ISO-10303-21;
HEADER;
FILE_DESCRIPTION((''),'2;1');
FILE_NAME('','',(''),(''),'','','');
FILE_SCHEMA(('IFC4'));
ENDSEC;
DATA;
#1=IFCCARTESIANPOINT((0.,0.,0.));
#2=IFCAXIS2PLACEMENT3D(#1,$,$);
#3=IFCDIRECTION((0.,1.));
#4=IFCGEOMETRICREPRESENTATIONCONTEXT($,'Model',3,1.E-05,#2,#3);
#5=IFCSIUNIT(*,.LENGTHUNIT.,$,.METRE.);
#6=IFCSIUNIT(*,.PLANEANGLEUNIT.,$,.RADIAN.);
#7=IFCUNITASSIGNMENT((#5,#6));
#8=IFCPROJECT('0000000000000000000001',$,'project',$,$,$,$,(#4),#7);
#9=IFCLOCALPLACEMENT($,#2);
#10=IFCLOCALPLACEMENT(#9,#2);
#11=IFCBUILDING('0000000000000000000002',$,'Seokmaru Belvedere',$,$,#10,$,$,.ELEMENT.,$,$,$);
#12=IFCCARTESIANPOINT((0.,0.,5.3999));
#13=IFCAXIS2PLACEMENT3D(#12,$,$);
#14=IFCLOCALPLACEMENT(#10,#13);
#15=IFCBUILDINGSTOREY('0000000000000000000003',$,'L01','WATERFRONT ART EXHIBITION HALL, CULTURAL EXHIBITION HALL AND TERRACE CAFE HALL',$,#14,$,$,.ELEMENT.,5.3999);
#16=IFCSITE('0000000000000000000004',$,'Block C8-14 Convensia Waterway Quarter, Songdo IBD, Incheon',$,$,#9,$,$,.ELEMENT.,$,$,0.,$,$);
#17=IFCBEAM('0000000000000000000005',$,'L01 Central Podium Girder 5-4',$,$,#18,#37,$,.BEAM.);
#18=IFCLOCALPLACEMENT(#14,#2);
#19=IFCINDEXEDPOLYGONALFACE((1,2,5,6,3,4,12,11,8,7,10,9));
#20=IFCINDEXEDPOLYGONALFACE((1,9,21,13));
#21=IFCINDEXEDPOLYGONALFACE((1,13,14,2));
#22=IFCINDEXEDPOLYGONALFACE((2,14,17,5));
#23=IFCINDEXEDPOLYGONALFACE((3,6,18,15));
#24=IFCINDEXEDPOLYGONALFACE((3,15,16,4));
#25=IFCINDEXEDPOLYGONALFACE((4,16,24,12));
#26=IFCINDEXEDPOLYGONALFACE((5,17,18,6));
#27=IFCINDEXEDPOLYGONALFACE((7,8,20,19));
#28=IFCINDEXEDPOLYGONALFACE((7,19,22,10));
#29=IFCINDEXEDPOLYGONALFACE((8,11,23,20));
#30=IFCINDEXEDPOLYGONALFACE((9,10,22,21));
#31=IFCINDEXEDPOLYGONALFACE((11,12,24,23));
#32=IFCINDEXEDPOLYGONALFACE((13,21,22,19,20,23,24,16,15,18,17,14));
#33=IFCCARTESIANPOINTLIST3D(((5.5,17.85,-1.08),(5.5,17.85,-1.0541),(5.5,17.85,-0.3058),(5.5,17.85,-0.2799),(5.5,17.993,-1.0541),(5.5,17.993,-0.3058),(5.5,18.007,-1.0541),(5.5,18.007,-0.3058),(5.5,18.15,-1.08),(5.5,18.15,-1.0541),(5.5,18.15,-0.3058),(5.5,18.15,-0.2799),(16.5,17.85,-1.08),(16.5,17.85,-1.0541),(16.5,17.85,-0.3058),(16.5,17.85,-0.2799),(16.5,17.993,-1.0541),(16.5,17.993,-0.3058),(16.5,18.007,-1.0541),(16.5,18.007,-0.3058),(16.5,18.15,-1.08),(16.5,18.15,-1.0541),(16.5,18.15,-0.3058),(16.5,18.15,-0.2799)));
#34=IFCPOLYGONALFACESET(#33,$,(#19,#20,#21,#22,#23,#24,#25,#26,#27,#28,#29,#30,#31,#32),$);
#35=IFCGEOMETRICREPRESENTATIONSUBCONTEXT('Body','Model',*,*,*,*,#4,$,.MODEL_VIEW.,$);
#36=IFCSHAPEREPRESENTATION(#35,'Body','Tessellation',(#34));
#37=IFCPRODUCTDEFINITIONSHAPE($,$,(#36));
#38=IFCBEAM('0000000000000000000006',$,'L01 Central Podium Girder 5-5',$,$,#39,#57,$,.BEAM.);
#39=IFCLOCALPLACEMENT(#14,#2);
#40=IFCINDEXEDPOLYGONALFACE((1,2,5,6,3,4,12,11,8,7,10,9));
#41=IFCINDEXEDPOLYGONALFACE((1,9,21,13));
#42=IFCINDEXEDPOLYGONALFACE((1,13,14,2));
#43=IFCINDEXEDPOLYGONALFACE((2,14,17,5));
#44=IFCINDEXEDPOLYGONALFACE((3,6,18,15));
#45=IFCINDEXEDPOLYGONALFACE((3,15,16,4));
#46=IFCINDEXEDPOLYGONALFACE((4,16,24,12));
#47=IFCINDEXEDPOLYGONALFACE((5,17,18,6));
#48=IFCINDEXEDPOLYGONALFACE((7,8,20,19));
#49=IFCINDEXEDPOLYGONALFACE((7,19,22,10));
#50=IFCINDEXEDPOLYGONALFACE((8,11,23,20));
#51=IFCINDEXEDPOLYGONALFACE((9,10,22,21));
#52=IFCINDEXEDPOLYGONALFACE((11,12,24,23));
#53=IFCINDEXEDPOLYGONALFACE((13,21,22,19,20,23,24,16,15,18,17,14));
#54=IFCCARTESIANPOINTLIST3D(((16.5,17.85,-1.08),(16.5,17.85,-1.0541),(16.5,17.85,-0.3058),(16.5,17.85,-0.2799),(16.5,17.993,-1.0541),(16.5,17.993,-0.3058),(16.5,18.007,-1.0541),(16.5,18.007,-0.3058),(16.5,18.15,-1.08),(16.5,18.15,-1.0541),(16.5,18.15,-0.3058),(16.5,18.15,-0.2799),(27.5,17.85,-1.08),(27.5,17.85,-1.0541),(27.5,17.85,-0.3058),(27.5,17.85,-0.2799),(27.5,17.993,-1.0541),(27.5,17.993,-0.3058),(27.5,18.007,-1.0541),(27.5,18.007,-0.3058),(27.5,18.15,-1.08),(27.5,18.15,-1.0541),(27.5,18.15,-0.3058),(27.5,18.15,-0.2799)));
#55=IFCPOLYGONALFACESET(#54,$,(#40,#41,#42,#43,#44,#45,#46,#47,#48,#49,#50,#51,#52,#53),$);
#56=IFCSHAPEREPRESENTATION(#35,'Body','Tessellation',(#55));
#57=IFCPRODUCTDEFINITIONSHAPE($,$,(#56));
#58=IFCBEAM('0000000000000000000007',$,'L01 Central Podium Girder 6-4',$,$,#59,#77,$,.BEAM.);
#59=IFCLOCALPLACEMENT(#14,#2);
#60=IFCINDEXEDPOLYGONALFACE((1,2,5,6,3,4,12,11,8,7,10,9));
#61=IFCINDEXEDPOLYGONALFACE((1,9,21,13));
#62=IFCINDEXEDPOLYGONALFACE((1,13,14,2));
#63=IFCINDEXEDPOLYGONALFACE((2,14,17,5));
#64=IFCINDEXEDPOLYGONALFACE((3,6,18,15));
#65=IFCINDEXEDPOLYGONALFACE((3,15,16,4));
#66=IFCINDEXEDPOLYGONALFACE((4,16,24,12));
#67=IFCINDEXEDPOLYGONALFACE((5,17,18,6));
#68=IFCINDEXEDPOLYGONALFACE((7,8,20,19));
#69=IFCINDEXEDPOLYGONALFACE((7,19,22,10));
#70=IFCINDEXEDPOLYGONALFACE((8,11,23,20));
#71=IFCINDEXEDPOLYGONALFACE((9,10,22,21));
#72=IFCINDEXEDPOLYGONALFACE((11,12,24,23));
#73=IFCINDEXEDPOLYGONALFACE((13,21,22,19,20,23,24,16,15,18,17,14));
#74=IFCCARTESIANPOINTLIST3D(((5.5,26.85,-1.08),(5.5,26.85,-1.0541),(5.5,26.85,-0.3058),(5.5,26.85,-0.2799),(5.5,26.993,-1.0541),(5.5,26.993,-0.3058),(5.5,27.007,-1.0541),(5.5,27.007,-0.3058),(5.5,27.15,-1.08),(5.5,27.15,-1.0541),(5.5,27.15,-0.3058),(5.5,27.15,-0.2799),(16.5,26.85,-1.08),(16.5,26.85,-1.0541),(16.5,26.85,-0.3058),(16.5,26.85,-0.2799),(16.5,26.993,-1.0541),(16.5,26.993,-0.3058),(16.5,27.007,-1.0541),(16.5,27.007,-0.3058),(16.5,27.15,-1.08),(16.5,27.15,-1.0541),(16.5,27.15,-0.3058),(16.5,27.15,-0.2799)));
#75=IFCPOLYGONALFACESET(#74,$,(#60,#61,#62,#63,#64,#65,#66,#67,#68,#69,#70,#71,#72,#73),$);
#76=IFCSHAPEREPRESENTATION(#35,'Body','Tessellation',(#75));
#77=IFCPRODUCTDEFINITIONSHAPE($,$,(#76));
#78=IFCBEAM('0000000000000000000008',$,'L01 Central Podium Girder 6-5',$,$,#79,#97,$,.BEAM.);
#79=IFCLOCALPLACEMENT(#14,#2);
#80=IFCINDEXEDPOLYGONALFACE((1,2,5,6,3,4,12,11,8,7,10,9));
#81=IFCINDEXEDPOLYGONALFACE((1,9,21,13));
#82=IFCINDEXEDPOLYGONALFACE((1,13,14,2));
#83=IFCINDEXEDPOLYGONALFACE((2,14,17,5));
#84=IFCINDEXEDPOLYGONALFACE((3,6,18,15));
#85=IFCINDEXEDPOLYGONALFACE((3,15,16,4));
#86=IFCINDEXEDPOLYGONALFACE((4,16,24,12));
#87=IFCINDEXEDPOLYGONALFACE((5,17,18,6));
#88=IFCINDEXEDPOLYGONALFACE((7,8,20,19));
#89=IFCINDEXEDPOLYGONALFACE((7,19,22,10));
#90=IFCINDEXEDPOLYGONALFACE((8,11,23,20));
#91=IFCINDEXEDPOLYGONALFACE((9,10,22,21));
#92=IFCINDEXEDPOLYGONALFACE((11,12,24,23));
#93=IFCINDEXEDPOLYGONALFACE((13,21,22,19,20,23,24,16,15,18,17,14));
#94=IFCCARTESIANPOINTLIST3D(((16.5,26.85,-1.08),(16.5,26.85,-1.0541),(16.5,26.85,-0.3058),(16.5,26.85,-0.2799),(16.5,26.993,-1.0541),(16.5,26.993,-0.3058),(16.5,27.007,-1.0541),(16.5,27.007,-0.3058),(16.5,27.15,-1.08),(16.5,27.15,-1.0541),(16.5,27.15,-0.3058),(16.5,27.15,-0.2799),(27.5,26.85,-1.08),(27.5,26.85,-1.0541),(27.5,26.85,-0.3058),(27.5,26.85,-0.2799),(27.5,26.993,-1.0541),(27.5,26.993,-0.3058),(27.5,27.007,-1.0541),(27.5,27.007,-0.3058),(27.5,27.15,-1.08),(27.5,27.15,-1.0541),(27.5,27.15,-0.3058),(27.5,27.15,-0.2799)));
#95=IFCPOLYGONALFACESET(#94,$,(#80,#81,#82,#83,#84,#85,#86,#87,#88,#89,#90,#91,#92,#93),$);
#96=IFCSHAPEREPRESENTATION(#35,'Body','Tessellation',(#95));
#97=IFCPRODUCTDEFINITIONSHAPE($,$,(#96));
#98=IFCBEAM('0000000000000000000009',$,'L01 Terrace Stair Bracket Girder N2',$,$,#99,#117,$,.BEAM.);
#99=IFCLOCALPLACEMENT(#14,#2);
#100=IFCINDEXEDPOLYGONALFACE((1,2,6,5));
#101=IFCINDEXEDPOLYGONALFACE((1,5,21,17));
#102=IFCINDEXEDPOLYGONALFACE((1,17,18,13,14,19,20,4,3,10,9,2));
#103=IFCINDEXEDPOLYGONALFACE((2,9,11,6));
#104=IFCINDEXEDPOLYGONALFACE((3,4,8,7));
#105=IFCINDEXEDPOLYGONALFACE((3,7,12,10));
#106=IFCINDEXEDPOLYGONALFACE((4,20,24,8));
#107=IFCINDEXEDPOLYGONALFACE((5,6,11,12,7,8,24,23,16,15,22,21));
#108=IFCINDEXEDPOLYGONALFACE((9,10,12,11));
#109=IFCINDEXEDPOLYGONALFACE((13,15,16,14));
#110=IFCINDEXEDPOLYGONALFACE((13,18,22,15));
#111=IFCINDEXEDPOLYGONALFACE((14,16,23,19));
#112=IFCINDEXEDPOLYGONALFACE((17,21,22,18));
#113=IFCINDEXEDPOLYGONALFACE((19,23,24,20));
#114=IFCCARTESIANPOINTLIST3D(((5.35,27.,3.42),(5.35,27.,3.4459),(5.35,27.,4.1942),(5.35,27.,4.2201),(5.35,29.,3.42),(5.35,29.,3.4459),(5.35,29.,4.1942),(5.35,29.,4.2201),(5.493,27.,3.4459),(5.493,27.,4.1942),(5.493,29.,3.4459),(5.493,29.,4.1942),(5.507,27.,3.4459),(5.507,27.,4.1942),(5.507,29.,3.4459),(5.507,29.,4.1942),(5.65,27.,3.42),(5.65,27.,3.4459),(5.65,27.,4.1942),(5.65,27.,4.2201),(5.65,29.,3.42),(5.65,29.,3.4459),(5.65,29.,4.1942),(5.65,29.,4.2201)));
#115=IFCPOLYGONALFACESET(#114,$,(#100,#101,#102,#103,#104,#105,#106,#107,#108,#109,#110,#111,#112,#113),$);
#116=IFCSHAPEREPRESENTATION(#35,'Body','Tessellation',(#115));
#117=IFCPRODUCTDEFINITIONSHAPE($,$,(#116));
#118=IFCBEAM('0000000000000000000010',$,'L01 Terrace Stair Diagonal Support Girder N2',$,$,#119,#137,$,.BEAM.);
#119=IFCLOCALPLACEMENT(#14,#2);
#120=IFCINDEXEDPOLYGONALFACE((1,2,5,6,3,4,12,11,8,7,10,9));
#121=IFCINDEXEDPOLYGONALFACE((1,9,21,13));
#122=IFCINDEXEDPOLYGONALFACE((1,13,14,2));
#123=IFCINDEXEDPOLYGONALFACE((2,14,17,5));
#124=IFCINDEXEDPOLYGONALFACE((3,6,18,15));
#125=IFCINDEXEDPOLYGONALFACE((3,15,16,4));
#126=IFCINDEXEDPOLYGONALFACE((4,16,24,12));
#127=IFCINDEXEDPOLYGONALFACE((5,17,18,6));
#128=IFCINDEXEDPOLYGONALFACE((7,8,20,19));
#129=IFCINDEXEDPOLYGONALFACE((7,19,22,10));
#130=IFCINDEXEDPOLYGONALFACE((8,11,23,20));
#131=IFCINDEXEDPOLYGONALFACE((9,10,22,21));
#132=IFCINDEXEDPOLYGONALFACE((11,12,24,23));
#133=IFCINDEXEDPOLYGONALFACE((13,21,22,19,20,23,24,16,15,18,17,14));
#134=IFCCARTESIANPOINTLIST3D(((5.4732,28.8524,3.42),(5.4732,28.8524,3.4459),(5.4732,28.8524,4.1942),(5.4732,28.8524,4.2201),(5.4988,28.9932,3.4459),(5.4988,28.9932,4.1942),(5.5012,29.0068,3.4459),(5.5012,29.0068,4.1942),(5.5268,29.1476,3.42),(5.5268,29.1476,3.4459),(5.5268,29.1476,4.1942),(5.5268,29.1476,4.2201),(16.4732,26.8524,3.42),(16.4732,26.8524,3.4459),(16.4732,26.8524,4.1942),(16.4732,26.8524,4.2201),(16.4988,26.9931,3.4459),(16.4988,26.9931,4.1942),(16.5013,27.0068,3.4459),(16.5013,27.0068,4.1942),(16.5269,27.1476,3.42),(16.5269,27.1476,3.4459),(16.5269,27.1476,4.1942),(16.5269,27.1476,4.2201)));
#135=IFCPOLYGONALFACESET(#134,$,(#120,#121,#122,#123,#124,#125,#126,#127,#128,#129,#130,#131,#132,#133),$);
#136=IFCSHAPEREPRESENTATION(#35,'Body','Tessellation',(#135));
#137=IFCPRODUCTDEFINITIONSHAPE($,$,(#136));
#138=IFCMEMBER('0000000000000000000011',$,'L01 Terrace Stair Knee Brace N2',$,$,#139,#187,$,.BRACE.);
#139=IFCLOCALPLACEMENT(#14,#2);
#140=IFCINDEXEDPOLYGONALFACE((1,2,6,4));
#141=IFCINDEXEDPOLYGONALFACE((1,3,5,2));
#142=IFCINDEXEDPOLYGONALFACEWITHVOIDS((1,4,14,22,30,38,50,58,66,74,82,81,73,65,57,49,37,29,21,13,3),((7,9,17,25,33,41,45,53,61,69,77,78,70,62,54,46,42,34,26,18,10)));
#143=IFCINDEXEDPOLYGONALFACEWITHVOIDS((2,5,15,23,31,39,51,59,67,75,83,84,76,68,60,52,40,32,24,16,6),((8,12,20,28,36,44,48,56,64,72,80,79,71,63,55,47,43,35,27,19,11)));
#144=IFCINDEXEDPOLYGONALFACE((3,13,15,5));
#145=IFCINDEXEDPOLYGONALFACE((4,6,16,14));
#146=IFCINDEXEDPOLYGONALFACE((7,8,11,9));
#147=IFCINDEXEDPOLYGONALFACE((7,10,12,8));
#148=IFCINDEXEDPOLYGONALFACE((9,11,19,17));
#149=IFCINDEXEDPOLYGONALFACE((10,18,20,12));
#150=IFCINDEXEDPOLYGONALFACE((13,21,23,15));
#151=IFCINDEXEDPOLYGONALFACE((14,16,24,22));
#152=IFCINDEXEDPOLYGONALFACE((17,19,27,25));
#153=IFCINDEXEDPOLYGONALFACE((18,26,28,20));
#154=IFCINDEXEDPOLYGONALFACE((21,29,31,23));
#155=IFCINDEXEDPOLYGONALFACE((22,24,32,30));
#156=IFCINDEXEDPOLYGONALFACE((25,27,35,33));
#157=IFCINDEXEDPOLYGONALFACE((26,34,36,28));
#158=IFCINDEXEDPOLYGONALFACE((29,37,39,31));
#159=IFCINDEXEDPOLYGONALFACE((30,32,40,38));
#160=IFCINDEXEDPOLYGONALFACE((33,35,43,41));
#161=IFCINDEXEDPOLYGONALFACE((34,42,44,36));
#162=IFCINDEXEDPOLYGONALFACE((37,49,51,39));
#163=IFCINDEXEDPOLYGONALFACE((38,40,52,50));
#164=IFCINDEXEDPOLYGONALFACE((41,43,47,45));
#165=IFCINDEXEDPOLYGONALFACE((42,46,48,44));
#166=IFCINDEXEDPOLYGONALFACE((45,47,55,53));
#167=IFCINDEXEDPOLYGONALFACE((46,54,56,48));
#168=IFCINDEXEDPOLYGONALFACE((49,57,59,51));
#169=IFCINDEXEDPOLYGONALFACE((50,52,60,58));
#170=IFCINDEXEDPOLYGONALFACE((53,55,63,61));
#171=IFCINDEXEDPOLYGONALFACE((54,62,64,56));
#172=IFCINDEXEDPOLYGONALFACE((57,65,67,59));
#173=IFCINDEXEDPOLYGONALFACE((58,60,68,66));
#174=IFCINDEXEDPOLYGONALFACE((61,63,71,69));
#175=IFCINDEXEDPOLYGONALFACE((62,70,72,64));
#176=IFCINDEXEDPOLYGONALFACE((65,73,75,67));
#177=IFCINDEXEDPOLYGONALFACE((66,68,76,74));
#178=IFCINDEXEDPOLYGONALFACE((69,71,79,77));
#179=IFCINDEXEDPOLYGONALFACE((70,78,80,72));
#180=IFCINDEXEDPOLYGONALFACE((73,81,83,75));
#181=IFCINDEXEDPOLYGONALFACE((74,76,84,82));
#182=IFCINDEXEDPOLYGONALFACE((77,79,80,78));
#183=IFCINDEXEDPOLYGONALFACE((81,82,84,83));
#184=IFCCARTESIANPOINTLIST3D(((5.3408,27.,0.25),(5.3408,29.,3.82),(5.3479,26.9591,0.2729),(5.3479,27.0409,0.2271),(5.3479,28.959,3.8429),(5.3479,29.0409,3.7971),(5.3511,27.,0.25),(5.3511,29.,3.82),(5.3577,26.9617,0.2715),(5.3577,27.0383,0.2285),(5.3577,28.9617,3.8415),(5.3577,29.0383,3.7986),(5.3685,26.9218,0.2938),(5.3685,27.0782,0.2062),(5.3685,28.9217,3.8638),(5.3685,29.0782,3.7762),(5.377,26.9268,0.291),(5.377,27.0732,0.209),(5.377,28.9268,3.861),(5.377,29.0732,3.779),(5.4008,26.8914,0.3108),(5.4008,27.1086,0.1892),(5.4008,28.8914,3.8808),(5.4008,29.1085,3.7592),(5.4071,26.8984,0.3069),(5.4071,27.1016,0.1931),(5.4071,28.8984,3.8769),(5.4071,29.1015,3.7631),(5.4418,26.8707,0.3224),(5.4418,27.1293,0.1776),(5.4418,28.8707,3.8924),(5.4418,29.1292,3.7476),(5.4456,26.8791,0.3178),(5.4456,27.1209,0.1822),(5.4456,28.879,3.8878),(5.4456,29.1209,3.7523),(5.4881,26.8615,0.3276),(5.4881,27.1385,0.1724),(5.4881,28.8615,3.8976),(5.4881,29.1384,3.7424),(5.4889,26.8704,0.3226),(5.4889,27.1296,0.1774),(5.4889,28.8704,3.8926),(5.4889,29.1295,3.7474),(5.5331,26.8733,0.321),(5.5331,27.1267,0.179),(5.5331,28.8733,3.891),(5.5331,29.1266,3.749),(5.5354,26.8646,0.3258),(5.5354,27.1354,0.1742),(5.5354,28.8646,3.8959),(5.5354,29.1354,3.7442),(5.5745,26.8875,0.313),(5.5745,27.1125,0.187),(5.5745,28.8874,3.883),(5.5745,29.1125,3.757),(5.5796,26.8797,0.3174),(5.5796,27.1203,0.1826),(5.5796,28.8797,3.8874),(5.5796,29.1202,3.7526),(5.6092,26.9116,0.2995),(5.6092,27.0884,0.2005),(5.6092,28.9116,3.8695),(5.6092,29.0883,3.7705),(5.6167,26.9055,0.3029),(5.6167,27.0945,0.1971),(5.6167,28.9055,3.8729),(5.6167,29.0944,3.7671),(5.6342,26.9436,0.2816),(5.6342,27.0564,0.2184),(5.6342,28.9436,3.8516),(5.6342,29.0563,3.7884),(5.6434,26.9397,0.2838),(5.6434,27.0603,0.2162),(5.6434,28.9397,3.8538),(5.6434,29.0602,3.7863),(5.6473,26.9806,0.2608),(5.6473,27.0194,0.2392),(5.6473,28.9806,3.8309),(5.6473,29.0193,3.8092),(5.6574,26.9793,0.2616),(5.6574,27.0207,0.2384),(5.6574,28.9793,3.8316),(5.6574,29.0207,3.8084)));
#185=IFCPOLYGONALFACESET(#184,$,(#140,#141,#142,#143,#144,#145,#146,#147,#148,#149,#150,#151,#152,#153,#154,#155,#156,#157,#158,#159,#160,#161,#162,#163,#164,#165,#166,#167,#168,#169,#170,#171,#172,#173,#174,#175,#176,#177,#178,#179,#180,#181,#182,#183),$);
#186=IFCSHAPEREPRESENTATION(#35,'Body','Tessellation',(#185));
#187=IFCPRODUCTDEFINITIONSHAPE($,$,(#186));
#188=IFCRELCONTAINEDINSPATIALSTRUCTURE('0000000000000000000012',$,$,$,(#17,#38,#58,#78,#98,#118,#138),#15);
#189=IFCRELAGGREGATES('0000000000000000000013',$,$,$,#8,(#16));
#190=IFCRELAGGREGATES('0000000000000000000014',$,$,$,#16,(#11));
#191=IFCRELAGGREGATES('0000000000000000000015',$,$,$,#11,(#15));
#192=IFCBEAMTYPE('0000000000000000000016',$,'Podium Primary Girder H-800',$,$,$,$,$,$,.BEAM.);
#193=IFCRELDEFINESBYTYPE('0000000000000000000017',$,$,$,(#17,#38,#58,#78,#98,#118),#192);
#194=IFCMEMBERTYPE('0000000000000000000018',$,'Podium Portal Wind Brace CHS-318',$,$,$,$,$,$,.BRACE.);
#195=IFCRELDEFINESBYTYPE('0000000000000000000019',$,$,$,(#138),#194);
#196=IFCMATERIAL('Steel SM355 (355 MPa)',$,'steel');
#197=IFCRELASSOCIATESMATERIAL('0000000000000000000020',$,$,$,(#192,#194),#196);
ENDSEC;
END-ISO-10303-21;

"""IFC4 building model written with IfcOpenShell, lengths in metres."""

from ifc_helpers import new_model, si_unit, direction, frame, origin, origin_2d, place, context, subcontext, project, spatial, hollow_circle, i_section, extrude, source, transform, mapped, material, material_profile, profile_set, type_object, type_shapes, element, save


model = new_model("IFC4")

# Units and contexts
model_context = context("Model", 3, precision=1e-05, world=origin(), true_north=direction((0.0, 1.0)))
body_context = subcontext(model_context, "Body", "Model", "MODEL_VIEW")
ifc_project = project(units=[si_unit("LENGTHUNIT", "METRE"), si_unit("PLANEANGLEUNIT", "RADIAN")], contexts=[model_context])

# Site, building, storey
site_placement = place(None, origin())
site = spatial("IfcSite", under=ifc_project, at=site_placement, Name="Block C8-14 Convensia Waterway Quarter, Songdo IBD, Incheon", CompositionType="ELEMENT", RefElevation=0.0)
building_placement = place(site_placement, origin())
building = spatial("IfcBuilding", under=site, at=building_placement, Name="Seokmaru Belvedere", CompositionType="ELEMENT")
storey_placement = place(building_placement, frame((0.0, 0.0, 5.3999)))
storey = spatial("IfcBuildingStorey", under=building, at=storey_placement, Name="L01", Description="WATERFRONT ART EXHIBITION HALL, CULTURAL EXHIBITION HALL AND TERRACE CAFE HALL", CompositionType="ELEMENT", Elevation=5.3999)

# Shared definitions
ifc_material_1 = material(Name="Steel SM355 (355 MPa)", Category="steel")

# Beams
ifc_material_profile_1 = material_profile(ifc_material_1, i_section(OverallWidth=0.3, OverallDepth=0.8, WebThickness=0.0139, FlangeThickness=0.0259, at=origin_2d()), Name="H-800x300x14x26")
ifc_profile_set_1 = profile_set([ifc_material_profile_1], Name="Steel SM355 (355 MPa)")
beam_type_1 = type_object("IfcBeamType", Name="Podium Primary Girder H-800", PredefinedType="BEAM", material=ifc_profile_set_1)
shared_shape_1 = source(origin(), body_context, "Body", "SweptSolid", [
    extrude(i_section(OverallWidth=0.3, OverallDepth=0.8, WebThickness=0.0139, FlangeThickness=0.0259, at=origin_2d()), origin(), (0.0, 0.0, 1.0), 11.0),
])
for number, where, z_axis, x_axis, name in (
    (1, (5.5, 18.0, -0.6799), (1.0, 0.0, 0.0), (0.0, 1.0, 0.0), "L01 Central Podium Girder 5-4"),
    (2, (16.5, 18.0, -0.6799), (1.0, 0.0, 0.0), (0.0, 1.0, 0.0), "L01 Central Podium Girder 5-5"),
    (3, (5.5, 27.0, -0.6799), (1.0, 0.0, 0.0), (0.0, 1.0, 0.0), "L01 Central Podium Girder 6-4"),
    (4, (16.5, 27.0, -0.6799), (1.0, 0.0, 0.0), (0.0, 1.0, 0.0), "L01 Central Podium Girder 6-5"),
):
    element("IfcBeam", number, at=place(storey_placement, frame(where, z_axis=z_axis, x_axis=x_axis)), inside=storey, type_object=beam_type_1, Name=name, PredefinedType="BEAM", context=body_context, shape_type="MappedRepresentation", body=[
        mapped(shared_shape_1, transform((0.0, 0.0, 0.0), scale=1.0)),
    ])
shared_shape_2 = source(origin(), body_context, "Body", "SweptSolid", [
    extrude(i_section(OverallWidth=0.3, OverallDepth=0.8, WebThickness=0.0139, FlangeThickness=0.0259, at=origin_2d()), origin(), (0.0, 0.0, 1.0), 2.0),
])
beam_1_placement = place(storey_placement, frame((5.5, 27.0, 3.8201), z_axis=(0.0, 1.0, 0.0), x_axis=(-1.0, 0.0, 0.0)))
element("IfcBeam", 5, at=beam_1_placement, inside=storey, type_object=beam_type_1, Name="L01 Terrace Stair Bracket Girder N2", PredefinedType="BEAM", context=body_context, shape_type="MappedRepresentation", body=[
    mapped(shared_shape_2, transform((0.0, 0.0, 0.0), scale=1.0)),
])
shared_shape_3 = source(origin(), body_context, "Body", "SweptSolid", [
    extrude(i_section(OverallWidth=0.3, OverallDepth=0.8, WebThickness=0.0139, FlangeThickness=0.0259, at=origin_2d()), origin(), (0.0, 0.0, 1.0), 11.1804),
])
beam_2_placement = place(storey_placement, frame((5.5, 29.0, 3.8201), z_axis=(0.98387, -0.178885, 0.0), x_axis=(0.178885, 0.98387, 0.0)))
element("IfcBeam", 6, at=beam_2_placement, inside=storey, type_object=beam_type_1, Name="L01 Terrace Stair Diagonal Support Girder N2", PredefinedType="BEAM", context=body_context, shape_type="MappedRepresentation", body=[
    mapped(shared_shape_3, transform((0.0, 0.0, 0.0), scale=1.0)),
])

# Member
ifc_material_profile_2 = material_profile(ifc_material_1, hollow_circle(Radius=0.1592, WallThickness=0.0103, at=origin_2d()), Name="CHS-318.5x10.3")
ifc_profile_set_2 = profile_set([ifc_material_profile_2], Name="Steel SM355 (355 MPa)")
member_type = type_object("IfcMemberType", Name="Podium Portal Wind Brace CHS-318", PredefinedType="BRACE", material=ifc_profile_set_2)
shared_shape_4 = source(origin(), body_context, "Body", "SweptSolid", [
    extrude(hollow_circle(Radius=0.1592, WallThickness=0.0103, at=origin_2d()), origin(), (0.0, 0.0, 1.0), 4.092),
])
type_shapes(member_type, [shared_shape_4])
member_placement = place(storey_placement, frame((5.5, 27.0, 0.25), z_axis=(0.0, 0.488745, 0.872427), x_axis=(-1.0, 0.0, 0.0)))
element("IfcMember", 7, at=member_placement, inside=storey, type_object=member_type, Name="L01 Terrace Stair Knee Brace N2", PredefinedType="BRACE", context=body_context, shape_type="MappedRepresentation", body=[
    mapped(shared_shape_4, transform((0.0, 0.0, 0.0), scale=1.0)),
])

save(model, "model.ifc")
